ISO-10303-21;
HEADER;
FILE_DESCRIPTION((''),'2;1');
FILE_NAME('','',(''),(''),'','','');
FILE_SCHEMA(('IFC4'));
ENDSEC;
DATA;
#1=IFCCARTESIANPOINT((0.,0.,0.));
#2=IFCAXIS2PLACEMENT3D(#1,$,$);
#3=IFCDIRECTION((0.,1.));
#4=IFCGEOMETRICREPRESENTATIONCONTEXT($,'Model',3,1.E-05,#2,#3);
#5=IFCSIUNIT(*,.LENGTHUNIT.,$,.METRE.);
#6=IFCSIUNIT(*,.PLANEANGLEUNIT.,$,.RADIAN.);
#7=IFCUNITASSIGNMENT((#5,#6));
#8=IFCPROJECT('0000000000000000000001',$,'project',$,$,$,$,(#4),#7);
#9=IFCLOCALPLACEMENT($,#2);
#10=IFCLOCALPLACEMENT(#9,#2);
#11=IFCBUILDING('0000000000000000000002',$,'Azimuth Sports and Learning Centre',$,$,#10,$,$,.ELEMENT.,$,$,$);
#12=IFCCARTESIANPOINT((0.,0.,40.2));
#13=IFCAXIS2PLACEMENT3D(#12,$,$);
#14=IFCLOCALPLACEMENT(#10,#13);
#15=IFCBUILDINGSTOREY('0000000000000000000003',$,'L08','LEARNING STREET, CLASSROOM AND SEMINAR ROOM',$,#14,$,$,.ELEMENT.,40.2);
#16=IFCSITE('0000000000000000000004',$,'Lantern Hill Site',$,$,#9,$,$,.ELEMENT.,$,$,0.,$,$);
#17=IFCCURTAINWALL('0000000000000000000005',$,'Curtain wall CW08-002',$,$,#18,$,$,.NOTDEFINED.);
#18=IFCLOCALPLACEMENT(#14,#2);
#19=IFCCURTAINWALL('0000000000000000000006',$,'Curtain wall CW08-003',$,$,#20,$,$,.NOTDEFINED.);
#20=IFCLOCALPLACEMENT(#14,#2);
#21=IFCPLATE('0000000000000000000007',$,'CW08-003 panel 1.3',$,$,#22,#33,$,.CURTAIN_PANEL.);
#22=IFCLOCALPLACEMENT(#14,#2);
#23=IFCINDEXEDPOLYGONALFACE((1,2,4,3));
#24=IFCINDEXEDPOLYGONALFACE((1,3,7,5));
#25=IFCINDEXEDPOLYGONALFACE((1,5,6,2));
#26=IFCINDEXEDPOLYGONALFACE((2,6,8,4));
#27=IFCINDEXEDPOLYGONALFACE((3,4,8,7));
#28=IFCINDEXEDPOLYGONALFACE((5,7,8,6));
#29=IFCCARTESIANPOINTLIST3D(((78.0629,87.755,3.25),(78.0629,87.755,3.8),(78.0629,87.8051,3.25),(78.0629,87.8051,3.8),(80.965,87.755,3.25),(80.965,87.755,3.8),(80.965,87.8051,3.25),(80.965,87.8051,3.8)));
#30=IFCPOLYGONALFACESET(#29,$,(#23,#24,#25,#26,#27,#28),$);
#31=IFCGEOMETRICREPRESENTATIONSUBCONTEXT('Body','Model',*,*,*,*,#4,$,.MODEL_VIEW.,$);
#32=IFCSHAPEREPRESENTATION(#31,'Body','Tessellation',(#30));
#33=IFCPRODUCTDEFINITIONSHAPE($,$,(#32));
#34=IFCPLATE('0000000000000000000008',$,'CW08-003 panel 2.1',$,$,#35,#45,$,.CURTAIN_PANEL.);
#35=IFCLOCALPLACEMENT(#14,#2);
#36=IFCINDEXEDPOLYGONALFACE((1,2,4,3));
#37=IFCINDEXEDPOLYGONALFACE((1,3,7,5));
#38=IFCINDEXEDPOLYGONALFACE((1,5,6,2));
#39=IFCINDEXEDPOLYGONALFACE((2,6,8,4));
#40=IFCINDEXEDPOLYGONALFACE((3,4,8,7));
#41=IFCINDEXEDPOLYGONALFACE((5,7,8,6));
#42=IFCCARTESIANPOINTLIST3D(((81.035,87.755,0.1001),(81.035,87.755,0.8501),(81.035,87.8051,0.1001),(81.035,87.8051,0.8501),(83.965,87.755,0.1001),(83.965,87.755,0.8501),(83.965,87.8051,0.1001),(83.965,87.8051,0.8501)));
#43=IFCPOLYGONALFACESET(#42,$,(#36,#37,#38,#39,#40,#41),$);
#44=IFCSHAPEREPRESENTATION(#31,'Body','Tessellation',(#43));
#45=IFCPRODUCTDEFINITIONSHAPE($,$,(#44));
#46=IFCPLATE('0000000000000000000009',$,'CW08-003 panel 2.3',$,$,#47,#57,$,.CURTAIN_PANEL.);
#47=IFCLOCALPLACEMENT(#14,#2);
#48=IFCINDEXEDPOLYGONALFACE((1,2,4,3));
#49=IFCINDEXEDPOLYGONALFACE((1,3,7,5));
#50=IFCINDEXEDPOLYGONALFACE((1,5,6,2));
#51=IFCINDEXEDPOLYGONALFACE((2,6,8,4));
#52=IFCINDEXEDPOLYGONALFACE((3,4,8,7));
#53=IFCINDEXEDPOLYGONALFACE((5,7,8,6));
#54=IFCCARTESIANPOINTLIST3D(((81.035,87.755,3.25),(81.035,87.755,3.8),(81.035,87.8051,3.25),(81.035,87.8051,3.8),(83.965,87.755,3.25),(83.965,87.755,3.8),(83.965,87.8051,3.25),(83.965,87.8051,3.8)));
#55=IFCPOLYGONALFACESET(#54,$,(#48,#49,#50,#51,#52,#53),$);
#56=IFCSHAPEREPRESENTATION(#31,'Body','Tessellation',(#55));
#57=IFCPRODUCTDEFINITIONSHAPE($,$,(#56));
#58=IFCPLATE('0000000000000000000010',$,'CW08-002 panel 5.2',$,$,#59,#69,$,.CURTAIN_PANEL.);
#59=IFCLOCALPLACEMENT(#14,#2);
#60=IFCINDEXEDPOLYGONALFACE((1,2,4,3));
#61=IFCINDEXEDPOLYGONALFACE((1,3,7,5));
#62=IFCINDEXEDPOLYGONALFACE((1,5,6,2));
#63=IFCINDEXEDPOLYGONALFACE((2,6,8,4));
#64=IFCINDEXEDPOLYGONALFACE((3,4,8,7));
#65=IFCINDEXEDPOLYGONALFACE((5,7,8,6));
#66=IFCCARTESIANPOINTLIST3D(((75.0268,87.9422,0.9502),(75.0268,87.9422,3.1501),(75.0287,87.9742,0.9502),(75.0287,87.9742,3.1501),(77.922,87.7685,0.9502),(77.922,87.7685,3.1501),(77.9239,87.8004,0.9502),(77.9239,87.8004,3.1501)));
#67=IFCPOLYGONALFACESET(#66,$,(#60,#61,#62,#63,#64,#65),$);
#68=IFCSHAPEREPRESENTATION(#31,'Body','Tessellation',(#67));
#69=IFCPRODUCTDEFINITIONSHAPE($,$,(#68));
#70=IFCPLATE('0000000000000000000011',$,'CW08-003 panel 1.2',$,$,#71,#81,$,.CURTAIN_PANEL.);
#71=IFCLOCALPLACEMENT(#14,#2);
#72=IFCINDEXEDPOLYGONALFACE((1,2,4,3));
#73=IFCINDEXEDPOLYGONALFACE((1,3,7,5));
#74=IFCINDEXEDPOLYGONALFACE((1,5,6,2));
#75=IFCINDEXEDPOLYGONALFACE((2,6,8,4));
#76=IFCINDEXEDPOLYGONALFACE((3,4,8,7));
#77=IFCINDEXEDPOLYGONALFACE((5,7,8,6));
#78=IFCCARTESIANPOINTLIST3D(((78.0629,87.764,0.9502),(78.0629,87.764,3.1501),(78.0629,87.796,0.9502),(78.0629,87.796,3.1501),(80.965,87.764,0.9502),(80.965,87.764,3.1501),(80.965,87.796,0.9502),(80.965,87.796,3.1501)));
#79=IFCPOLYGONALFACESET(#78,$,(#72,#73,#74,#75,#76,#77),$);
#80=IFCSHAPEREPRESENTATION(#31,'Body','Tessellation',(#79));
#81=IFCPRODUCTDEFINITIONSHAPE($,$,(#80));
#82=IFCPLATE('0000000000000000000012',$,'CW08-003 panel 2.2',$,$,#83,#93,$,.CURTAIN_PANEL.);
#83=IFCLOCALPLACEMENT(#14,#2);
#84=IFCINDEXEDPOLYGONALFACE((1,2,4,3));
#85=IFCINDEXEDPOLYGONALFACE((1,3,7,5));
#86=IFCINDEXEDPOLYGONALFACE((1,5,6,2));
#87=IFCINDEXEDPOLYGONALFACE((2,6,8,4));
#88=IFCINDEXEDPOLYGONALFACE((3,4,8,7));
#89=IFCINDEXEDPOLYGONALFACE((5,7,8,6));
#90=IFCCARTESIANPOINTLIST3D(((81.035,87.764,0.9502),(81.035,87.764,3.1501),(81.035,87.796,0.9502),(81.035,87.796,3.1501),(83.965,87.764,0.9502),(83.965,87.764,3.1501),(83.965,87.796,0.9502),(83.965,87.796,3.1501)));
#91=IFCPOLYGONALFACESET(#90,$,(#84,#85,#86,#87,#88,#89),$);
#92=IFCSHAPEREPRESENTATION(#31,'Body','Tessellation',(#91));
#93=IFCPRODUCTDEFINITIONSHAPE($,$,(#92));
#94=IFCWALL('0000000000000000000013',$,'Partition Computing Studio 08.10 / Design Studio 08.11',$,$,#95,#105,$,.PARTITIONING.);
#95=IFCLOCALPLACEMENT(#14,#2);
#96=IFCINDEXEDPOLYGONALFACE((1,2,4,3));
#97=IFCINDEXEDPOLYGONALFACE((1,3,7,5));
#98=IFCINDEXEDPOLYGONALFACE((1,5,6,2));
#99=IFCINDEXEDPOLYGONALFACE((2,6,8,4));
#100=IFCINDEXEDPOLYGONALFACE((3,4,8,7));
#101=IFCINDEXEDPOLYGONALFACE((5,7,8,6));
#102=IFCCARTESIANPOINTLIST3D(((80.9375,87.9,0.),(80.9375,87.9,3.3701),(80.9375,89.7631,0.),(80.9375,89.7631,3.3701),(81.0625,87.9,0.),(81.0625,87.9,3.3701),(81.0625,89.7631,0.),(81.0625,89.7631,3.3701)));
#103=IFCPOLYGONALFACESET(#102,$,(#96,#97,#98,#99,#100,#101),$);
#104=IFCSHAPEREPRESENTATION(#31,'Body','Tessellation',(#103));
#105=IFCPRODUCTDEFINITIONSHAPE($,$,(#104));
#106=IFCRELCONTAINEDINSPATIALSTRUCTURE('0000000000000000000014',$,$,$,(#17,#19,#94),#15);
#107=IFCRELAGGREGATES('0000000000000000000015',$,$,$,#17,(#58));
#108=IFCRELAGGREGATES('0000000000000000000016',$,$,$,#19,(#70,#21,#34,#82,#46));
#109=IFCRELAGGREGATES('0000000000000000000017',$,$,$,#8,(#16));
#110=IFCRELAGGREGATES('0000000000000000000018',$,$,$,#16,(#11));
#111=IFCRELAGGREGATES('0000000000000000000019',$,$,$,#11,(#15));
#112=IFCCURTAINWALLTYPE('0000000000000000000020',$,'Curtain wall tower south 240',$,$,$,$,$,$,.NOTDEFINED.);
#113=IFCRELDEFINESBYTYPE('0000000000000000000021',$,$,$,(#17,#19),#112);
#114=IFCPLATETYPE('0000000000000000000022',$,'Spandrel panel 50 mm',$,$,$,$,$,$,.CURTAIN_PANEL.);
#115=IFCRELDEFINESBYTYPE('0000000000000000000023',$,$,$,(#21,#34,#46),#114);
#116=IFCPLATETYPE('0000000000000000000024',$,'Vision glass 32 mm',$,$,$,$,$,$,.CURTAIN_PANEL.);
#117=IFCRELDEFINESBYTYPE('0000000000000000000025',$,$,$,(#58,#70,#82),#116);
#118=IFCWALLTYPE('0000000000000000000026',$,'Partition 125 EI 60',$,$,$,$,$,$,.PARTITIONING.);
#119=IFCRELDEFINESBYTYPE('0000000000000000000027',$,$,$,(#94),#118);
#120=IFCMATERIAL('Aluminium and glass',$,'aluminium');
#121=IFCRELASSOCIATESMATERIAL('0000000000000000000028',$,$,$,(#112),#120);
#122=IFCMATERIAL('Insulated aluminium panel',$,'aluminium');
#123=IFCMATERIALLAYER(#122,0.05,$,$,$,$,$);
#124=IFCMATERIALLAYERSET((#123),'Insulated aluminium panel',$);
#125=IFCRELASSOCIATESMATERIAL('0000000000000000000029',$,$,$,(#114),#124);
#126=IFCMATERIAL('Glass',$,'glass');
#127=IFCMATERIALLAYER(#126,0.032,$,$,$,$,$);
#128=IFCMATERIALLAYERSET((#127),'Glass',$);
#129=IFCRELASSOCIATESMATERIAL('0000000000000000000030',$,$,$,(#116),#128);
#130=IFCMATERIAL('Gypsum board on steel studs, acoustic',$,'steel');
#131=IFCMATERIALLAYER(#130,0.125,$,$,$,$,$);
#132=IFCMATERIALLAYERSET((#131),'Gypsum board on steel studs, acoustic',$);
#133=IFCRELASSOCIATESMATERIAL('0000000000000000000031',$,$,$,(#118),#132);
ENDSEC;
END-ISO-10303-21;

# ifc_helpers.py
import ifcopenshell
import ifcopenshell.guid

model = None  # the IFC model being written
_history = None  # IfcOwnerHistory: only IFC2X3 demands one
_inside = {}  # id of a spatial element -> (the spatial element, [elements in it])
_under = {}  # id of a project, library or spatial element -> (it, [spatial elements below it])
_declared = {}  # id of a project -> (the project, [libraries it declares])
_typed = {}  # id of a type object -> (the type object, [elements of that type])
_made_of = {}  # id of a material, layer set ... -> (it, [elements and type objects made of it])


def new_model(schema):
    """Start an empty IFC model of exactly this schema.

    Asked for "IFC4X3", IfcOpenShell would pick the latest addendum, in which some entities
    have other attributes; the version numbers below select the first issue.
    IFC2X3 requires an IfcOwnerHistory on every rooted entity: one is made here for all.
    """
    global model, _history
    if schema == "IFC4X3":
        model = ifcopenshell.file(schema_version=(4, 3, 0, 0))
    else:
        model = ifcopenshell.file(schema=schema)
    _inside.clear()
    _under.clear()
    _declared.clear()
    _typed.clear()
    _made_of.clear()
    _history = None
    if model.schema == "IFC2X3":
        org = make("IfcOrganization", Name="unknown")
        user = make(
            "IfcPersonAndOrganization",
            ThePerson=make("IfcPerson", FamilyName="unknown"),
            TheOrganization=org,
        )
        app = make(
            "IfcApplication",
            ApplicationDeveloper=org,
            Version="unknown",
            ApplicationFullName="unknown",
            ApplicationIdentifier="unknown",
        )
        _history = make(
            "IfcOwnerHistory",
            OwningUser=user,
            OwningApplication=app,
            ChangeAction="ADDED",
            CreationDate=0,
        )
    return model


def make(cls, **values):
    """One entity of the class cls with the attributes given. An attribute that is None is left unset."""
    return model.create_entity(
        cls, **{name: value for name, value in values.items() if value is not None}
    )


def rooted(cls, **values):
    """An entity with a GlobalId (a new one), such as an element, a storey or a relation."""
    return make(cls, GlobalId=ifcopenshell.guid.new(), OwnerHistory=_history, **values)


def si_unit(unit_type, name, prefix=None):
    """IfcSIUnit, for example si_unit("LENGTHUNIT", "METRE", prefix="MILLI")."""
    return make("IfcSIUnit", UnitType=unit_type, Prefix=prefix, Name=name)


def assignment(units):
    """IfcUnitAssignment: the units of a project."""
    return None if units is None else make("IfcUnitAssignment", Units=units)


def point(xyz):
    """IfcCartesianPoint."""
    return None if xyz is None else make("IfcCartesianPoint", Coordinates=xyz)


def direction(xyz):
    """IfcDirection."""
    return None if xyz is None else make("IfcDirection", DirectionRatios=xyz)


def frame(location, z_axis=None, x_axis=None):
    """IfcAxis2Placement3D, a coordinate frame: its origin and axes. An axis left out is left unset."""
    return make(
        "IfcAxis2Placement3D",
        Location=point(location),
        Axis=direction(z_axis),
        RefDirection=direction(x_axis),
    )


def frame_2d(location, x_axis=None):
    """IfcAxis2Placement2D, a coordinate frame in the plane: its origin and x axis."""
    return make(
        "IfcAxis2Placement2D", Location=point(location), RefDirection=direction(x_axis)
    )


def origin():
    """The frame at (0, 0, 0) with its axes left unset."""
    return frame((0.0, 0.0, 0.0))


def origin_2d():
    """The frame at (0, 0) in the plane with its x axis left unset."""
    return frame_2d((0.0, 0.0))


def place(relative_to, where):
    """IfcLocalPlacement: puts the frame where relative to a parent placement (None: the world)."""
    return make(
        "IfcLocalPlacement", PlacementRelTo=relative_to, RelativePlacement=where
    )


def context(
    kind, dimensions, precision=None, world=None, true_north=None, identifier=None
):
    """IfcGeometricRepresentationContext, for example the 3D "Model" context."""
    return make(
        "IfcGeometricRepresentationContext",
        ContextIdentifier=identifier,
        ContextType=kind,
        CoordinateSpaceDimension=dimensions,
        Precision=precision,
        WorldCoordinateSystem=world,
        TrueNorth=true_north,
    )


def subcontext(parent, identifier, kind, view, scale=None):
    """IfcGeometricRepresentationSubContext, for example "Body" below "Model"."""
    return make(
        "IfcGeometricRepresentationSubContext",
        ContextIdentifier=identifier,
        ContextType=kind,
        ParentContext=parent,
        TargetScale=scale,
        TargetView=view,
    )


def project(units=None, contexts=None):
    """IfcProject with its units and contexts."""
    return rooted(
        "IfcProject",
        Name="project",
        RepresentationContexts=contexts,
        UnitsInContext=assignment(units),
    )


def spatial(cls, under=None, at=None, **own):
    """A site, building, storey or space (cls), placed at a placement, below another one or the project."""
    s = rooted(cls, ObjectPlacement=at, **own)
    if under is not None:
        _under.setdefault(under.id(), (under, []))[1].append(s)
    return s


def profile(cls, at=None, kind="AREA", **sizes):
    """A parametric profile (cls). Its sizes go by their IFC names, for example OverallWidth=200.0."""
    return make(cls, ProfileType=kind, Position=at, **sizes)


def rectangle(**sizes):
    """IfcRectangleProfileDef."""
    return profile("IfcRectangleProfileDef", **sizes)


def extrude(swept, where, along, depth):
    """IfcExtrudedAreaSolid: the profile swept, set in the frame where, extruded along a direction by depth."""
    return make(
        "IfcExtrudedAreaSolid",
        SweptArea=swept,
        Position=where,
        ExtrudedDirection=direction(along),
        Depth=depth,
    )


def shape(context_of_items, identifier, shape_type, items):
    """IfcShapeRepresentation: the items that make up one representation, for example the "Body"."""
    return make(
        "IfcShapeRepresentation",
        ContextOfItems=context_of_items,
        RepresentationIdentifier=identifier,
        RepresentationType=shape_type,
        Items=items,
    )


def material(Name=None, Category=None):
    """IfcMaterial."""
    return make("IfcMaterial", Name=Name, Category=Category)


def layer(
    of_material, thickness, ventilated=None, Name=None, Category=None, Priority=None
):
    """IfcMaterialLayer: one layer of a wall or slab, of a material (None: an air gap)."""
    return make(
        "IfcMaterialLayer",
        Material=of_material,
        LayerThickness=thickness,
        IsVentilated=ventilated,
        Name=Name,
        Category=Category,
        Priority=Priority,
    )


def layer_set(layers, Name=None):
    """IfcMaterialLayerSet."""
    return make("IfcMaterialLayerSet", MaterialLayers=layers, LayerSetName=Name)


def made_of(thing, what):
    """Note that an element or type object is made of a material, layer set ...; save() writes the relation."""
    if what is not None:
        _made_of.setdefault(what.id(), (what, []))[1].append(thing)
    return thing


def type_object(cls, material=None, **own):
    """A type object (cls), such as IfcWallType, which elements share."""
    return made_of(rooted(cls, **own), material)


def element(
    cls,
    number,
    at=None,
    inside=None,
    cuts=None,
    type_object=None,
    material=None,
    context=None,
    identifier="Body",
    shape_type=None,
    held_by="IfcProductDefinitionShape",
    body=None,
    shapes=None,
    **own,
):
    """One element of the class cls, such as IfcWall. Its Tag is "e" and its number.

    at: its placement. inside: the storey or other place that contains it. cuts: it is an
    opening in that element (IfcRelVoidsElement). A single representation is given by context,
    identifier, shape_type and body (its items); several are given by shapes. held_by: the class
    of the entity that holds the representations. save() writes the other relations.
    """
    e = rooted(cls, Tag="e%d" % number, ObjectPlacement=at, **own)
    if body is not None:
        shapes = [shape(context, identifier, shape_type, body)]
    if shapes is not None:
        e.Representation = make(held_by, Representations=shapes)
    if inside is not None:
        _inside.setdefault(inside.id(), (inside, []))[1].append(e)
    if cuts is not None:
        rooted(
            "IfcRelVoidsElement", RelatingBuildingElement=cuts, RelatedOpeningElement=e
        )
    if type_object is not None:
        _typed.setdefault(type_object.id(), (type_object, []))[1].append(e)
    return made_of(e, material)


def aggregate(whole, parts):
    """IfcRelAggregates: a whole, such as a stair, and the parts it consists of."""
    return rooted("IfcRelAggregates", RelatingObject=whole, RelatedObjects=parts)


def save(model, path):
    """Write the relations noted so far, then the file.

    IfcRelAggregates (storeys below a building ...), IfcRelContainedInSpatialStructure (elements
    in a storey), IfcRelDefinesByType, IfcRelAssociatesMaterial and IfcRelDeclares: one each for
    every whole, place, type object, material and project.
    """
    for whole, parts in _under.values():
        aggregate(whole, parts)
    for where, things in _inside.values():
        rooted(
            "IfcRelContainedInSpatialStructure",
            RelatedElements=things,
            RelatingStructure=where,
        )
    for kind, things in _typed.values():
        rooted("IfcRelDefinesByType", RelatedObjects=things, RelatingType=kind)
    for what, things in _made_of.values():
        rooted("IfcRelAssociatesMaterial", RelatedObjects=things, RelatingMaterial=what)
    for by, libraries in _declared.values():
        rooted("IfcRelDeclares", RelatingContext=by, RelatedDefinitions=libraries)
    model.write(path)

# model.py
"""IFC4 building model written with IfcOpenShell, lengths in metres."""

from ifc_helpers import new_model, si_unit, direction, frame, frame_2d, origin, origin_2d, place, context, subcontext, project, spatial, rectangle, extrude, material, layer, layer_set, type_object, element, aggregate, save


model = new_model("IFC4")

# Units and contexts
model_context = context("Model", 3, precision=1e-05, world=origin(), true_north=direction((0.0, 1.0)))
body_context = subcontext(model_context, "Body", "Model", "MODEL_VIEW")
ifc_project = project(units=[si_unit("LENGTHUNIT", "METRE"), si_unit("PLANEANGLEUNIT", "RADIAN")], contexts=[model_context])

# Site, building, storey
site_placement = place(None, origin())
site = spatial("IfcSite", under=ifc_project, at=site_placement, Name="Lantern Hill Site", CompositionType="ELEMENT", RefElevation=0.0)
building_placement = place(site_placement, origin())
building = spatial("IfcBuilding", under=site, at=building_placement, Name="Azimuth Sports and Learning Centre", CompositionType="ELEMENT")
storey_placement = place(building_placement, frame((0.0, 0.0, 40.2)))
storey = spatial("IfcBuildingStorey", under=building, at=storey_placement, Name="L08", Description="LEARNING STREET, CLASSROOM AND SEMINAR ROOM", CompositionType="ELEMENT", Elevation=40.2)

# Curtain wall
ifc_material_1 = material(Name="Aluminium and glass", Category="aluminium")
curtain_wall_type = type_object("IfcCurtainWallType", Name="Curtain wall tower south 240", PredefinedType="NOTDEFINED", material=ifc_material_1)
curtain_wall_1_placement = place(storey_placement, origin())
curtain_wall_1 = element("IfcCurtainWall", 1, at=curtain_wall_1_placement, inside=storey, type_object=curtain_wall_type, Name="Curtain wall CW08-002", PredefinedType="NOTDEFINED")

# Curtain wall
curtain_wall_2_placement = place(storey_placement, origin())
curtain_wall_2 = element("IfcCurtainWall", 2, at=curtain_wall_2_placement, inside=storey, type_object=curtain_wall_type, Name="Curtain wall CW08-003", PredefinedType="NOTDEFINED")

# Plates
ifc_material_2 = material(Name="Insulated aluminium panel", Category="aluminium")
ifc_layer_1 = layer(ifc_material_2, 0.05)
ifc_layer_set_1 = layer_set([ifc_layer_1], Name="Insulated aluminium panel")
plate_type_1 = type_object("IfcPlateType", Name="Spandrel panel 50 mm", PredefinedType="CURTAIN_PANEL", material=ifc_layer_set_1)
plate_1_placement = place(storey_placement, frame((79.5139, 87.78, 3.25), z_axis=(0.0, 0.0, 1.0), x_axis=(1.0, 0.0, 0.0)))
plate_1 = element("IfcPlate", 3, at=plate_1_placement, type_object=plate_type_1, Name="CW08-003 panel 1.3", PredefinedType="CURTAIN_PANEL", context=body_context, shape_type="SweptSolid", body=[
    extrude(rectangle(XDim=2.9021, YDim=0.05, at=origin_2d()), origin(), (0.0, 0.0, 1.0), 0.55),
])
plate_2_placement = place(storey_placement, frame((82.5, 87.78, 0.1001), z_axis=(0.0, 0.0, 1.0), x_axis=(1.0, 0.0, 0.0)))
plate_2 = element("IfcPlate", 4, at=plate_2_placement, type_object=plate_type_1, Name="CW08-003 panel 2.1", PredefinedType="CURTAIN_PANEL", context=body_context, shape_type="SweptSolid", body=[
    extrude(rectangle(XDim=2.9299, YDim=0.05, at=origin_2d()), origin(), (0.0, 0.0, 1.0), 0.75),
])
plate_3_placement = place(storey_placement, frame((82.5, 87.78, 3.25), z_axis=(0.0, 0.0, 1.0), x_axis=(1.0, 0.0, 0.0)))
plate_3 = element("IfcPlate", 5, at=plate_3_placement, type_object=plate_type_1, Name="CW08-003 panel 2.3", PredefinedType="CURTAIN_PANEL", context=body_context, shape_type="SweptSolid", body=[
    extrude(rectangle(XDim=2.9299, YDim=0.05, at=origin_2d()), origin(), (0.0, 0.0, 1.0), 0.55),
])
ifc_material_3 = material(Name="Glass", Category="glass")
ifc_layer_2 = layer(ifc_material_3, 0.032)
ifc_layer_set_2 = layer_set([ifc_layer_2], Name="Glass")
plate_type_2 = type_object("IfcPlateType", Name="Vision glass 32 mm", PredefinedType="CURTAIN_PANEL", material=ifc_layer_set_2)
plate_4_placement = place(storey_placement, frame((76.4753, 87.8713, 0.9502), z_axis=(0.0, 0.0, 1.0), x_axis=(0.998205, -0.059892, 0.0)))
plate_4 = element("IfcPlate", 6, at=plate_4_placement, type_object=plate_type_2, Name="CW08-002 panel 5.2", PredefinedType="CURTAIN_PANEL", context=body_context, shape_type="SweptSolid", body=[
    extrude(rectangle(XDim=2.9004, YDim=0.032, at=origin_2d()), origin(), (0.0, 0.0, 1.0), 2.2),
])
aggregate(curtain_wall_1, [plate_4])
plate_5_placement = place(storey_placement, frame((79.5139, 87.78, 0.9502), z_axis=(0.0, 0.0, 1.0), x_axis=(1.0, 0.0, 0.0)))
plate_5 = element("IfcPlate", 7, at=plate_5_placement, type_object=plate_type_2, Name="CW08-003 panel 1.2", PredefinedType="CURTAIN_PANEL", context=body_context, shape_type="SweptSolid", body=[
    extrude(rectangle(XDim=2.9021, YDim=0.032, at=origin_2d()), origin(), (0.0, 0.0, 1.0), 2.2),
])
plate_6_placement = place(storey_placement, frame((82.5, 87.78, 0.9502), z_axis=(0.0, 0.0, 1.0), x_axis=(1.0, 0.0, 0.0)))
plate_6 = element("IfcPlate", 8, at=plate_6_placement, type_object=plate_type_2, Name="CW08-003 panel 2.2", PredefinedType="CURTAIN_PANEL", context=body_context, shape_type="SweptSolid", body=[
    extrude(rectangle(XDim=2.9299, YDim=0.032, at=origin_2d()), origin(), (0.0, 0.0, 1.0), 2.2),
])
aggregate(curtain_wall_2, [plate_5, plate_1, plate_2, plate_6, plate_3])

# Wall
ifc_material_4 = material(Name="Gypsum board on steel studs, acoustic", Category="steel")
ifc_layer_3 = layer(ifc_material_4, 0.125)
ifc_layer_set_3 = layer_set([ifc_layer_3], Name="Gypsum board on steel studs, acoustic")
wall_type = type_object("IfcWallType", Name="Partition 125 EI 60", PredefinedType="PARTITIONING", material=ifc_layer_set_3)
wall_placement = place(storey_placement, frame((81.0, 87.8999, 0.0), z_axis=(0.0, 0.0, 1.0), x_axis=(0.0, 1.0, 0.0)))
element("IfcWall", 9, at=wall_placement, inside=storey, type_object=wall_type, Name="Partition Computing Studio 08.10 / Design Studio 08.11", PredefinedType="PARTITIONING", context=body_context, shape_type="SweptSolid", body=[
    extrude(rectangle(XDim=1.863, YDim=0.125, at=frame_2d((0.9316, 0.0))), origin(), (0.0, 0.0, 1.0), 3.3701),
])

save(model, "model.ifc")
